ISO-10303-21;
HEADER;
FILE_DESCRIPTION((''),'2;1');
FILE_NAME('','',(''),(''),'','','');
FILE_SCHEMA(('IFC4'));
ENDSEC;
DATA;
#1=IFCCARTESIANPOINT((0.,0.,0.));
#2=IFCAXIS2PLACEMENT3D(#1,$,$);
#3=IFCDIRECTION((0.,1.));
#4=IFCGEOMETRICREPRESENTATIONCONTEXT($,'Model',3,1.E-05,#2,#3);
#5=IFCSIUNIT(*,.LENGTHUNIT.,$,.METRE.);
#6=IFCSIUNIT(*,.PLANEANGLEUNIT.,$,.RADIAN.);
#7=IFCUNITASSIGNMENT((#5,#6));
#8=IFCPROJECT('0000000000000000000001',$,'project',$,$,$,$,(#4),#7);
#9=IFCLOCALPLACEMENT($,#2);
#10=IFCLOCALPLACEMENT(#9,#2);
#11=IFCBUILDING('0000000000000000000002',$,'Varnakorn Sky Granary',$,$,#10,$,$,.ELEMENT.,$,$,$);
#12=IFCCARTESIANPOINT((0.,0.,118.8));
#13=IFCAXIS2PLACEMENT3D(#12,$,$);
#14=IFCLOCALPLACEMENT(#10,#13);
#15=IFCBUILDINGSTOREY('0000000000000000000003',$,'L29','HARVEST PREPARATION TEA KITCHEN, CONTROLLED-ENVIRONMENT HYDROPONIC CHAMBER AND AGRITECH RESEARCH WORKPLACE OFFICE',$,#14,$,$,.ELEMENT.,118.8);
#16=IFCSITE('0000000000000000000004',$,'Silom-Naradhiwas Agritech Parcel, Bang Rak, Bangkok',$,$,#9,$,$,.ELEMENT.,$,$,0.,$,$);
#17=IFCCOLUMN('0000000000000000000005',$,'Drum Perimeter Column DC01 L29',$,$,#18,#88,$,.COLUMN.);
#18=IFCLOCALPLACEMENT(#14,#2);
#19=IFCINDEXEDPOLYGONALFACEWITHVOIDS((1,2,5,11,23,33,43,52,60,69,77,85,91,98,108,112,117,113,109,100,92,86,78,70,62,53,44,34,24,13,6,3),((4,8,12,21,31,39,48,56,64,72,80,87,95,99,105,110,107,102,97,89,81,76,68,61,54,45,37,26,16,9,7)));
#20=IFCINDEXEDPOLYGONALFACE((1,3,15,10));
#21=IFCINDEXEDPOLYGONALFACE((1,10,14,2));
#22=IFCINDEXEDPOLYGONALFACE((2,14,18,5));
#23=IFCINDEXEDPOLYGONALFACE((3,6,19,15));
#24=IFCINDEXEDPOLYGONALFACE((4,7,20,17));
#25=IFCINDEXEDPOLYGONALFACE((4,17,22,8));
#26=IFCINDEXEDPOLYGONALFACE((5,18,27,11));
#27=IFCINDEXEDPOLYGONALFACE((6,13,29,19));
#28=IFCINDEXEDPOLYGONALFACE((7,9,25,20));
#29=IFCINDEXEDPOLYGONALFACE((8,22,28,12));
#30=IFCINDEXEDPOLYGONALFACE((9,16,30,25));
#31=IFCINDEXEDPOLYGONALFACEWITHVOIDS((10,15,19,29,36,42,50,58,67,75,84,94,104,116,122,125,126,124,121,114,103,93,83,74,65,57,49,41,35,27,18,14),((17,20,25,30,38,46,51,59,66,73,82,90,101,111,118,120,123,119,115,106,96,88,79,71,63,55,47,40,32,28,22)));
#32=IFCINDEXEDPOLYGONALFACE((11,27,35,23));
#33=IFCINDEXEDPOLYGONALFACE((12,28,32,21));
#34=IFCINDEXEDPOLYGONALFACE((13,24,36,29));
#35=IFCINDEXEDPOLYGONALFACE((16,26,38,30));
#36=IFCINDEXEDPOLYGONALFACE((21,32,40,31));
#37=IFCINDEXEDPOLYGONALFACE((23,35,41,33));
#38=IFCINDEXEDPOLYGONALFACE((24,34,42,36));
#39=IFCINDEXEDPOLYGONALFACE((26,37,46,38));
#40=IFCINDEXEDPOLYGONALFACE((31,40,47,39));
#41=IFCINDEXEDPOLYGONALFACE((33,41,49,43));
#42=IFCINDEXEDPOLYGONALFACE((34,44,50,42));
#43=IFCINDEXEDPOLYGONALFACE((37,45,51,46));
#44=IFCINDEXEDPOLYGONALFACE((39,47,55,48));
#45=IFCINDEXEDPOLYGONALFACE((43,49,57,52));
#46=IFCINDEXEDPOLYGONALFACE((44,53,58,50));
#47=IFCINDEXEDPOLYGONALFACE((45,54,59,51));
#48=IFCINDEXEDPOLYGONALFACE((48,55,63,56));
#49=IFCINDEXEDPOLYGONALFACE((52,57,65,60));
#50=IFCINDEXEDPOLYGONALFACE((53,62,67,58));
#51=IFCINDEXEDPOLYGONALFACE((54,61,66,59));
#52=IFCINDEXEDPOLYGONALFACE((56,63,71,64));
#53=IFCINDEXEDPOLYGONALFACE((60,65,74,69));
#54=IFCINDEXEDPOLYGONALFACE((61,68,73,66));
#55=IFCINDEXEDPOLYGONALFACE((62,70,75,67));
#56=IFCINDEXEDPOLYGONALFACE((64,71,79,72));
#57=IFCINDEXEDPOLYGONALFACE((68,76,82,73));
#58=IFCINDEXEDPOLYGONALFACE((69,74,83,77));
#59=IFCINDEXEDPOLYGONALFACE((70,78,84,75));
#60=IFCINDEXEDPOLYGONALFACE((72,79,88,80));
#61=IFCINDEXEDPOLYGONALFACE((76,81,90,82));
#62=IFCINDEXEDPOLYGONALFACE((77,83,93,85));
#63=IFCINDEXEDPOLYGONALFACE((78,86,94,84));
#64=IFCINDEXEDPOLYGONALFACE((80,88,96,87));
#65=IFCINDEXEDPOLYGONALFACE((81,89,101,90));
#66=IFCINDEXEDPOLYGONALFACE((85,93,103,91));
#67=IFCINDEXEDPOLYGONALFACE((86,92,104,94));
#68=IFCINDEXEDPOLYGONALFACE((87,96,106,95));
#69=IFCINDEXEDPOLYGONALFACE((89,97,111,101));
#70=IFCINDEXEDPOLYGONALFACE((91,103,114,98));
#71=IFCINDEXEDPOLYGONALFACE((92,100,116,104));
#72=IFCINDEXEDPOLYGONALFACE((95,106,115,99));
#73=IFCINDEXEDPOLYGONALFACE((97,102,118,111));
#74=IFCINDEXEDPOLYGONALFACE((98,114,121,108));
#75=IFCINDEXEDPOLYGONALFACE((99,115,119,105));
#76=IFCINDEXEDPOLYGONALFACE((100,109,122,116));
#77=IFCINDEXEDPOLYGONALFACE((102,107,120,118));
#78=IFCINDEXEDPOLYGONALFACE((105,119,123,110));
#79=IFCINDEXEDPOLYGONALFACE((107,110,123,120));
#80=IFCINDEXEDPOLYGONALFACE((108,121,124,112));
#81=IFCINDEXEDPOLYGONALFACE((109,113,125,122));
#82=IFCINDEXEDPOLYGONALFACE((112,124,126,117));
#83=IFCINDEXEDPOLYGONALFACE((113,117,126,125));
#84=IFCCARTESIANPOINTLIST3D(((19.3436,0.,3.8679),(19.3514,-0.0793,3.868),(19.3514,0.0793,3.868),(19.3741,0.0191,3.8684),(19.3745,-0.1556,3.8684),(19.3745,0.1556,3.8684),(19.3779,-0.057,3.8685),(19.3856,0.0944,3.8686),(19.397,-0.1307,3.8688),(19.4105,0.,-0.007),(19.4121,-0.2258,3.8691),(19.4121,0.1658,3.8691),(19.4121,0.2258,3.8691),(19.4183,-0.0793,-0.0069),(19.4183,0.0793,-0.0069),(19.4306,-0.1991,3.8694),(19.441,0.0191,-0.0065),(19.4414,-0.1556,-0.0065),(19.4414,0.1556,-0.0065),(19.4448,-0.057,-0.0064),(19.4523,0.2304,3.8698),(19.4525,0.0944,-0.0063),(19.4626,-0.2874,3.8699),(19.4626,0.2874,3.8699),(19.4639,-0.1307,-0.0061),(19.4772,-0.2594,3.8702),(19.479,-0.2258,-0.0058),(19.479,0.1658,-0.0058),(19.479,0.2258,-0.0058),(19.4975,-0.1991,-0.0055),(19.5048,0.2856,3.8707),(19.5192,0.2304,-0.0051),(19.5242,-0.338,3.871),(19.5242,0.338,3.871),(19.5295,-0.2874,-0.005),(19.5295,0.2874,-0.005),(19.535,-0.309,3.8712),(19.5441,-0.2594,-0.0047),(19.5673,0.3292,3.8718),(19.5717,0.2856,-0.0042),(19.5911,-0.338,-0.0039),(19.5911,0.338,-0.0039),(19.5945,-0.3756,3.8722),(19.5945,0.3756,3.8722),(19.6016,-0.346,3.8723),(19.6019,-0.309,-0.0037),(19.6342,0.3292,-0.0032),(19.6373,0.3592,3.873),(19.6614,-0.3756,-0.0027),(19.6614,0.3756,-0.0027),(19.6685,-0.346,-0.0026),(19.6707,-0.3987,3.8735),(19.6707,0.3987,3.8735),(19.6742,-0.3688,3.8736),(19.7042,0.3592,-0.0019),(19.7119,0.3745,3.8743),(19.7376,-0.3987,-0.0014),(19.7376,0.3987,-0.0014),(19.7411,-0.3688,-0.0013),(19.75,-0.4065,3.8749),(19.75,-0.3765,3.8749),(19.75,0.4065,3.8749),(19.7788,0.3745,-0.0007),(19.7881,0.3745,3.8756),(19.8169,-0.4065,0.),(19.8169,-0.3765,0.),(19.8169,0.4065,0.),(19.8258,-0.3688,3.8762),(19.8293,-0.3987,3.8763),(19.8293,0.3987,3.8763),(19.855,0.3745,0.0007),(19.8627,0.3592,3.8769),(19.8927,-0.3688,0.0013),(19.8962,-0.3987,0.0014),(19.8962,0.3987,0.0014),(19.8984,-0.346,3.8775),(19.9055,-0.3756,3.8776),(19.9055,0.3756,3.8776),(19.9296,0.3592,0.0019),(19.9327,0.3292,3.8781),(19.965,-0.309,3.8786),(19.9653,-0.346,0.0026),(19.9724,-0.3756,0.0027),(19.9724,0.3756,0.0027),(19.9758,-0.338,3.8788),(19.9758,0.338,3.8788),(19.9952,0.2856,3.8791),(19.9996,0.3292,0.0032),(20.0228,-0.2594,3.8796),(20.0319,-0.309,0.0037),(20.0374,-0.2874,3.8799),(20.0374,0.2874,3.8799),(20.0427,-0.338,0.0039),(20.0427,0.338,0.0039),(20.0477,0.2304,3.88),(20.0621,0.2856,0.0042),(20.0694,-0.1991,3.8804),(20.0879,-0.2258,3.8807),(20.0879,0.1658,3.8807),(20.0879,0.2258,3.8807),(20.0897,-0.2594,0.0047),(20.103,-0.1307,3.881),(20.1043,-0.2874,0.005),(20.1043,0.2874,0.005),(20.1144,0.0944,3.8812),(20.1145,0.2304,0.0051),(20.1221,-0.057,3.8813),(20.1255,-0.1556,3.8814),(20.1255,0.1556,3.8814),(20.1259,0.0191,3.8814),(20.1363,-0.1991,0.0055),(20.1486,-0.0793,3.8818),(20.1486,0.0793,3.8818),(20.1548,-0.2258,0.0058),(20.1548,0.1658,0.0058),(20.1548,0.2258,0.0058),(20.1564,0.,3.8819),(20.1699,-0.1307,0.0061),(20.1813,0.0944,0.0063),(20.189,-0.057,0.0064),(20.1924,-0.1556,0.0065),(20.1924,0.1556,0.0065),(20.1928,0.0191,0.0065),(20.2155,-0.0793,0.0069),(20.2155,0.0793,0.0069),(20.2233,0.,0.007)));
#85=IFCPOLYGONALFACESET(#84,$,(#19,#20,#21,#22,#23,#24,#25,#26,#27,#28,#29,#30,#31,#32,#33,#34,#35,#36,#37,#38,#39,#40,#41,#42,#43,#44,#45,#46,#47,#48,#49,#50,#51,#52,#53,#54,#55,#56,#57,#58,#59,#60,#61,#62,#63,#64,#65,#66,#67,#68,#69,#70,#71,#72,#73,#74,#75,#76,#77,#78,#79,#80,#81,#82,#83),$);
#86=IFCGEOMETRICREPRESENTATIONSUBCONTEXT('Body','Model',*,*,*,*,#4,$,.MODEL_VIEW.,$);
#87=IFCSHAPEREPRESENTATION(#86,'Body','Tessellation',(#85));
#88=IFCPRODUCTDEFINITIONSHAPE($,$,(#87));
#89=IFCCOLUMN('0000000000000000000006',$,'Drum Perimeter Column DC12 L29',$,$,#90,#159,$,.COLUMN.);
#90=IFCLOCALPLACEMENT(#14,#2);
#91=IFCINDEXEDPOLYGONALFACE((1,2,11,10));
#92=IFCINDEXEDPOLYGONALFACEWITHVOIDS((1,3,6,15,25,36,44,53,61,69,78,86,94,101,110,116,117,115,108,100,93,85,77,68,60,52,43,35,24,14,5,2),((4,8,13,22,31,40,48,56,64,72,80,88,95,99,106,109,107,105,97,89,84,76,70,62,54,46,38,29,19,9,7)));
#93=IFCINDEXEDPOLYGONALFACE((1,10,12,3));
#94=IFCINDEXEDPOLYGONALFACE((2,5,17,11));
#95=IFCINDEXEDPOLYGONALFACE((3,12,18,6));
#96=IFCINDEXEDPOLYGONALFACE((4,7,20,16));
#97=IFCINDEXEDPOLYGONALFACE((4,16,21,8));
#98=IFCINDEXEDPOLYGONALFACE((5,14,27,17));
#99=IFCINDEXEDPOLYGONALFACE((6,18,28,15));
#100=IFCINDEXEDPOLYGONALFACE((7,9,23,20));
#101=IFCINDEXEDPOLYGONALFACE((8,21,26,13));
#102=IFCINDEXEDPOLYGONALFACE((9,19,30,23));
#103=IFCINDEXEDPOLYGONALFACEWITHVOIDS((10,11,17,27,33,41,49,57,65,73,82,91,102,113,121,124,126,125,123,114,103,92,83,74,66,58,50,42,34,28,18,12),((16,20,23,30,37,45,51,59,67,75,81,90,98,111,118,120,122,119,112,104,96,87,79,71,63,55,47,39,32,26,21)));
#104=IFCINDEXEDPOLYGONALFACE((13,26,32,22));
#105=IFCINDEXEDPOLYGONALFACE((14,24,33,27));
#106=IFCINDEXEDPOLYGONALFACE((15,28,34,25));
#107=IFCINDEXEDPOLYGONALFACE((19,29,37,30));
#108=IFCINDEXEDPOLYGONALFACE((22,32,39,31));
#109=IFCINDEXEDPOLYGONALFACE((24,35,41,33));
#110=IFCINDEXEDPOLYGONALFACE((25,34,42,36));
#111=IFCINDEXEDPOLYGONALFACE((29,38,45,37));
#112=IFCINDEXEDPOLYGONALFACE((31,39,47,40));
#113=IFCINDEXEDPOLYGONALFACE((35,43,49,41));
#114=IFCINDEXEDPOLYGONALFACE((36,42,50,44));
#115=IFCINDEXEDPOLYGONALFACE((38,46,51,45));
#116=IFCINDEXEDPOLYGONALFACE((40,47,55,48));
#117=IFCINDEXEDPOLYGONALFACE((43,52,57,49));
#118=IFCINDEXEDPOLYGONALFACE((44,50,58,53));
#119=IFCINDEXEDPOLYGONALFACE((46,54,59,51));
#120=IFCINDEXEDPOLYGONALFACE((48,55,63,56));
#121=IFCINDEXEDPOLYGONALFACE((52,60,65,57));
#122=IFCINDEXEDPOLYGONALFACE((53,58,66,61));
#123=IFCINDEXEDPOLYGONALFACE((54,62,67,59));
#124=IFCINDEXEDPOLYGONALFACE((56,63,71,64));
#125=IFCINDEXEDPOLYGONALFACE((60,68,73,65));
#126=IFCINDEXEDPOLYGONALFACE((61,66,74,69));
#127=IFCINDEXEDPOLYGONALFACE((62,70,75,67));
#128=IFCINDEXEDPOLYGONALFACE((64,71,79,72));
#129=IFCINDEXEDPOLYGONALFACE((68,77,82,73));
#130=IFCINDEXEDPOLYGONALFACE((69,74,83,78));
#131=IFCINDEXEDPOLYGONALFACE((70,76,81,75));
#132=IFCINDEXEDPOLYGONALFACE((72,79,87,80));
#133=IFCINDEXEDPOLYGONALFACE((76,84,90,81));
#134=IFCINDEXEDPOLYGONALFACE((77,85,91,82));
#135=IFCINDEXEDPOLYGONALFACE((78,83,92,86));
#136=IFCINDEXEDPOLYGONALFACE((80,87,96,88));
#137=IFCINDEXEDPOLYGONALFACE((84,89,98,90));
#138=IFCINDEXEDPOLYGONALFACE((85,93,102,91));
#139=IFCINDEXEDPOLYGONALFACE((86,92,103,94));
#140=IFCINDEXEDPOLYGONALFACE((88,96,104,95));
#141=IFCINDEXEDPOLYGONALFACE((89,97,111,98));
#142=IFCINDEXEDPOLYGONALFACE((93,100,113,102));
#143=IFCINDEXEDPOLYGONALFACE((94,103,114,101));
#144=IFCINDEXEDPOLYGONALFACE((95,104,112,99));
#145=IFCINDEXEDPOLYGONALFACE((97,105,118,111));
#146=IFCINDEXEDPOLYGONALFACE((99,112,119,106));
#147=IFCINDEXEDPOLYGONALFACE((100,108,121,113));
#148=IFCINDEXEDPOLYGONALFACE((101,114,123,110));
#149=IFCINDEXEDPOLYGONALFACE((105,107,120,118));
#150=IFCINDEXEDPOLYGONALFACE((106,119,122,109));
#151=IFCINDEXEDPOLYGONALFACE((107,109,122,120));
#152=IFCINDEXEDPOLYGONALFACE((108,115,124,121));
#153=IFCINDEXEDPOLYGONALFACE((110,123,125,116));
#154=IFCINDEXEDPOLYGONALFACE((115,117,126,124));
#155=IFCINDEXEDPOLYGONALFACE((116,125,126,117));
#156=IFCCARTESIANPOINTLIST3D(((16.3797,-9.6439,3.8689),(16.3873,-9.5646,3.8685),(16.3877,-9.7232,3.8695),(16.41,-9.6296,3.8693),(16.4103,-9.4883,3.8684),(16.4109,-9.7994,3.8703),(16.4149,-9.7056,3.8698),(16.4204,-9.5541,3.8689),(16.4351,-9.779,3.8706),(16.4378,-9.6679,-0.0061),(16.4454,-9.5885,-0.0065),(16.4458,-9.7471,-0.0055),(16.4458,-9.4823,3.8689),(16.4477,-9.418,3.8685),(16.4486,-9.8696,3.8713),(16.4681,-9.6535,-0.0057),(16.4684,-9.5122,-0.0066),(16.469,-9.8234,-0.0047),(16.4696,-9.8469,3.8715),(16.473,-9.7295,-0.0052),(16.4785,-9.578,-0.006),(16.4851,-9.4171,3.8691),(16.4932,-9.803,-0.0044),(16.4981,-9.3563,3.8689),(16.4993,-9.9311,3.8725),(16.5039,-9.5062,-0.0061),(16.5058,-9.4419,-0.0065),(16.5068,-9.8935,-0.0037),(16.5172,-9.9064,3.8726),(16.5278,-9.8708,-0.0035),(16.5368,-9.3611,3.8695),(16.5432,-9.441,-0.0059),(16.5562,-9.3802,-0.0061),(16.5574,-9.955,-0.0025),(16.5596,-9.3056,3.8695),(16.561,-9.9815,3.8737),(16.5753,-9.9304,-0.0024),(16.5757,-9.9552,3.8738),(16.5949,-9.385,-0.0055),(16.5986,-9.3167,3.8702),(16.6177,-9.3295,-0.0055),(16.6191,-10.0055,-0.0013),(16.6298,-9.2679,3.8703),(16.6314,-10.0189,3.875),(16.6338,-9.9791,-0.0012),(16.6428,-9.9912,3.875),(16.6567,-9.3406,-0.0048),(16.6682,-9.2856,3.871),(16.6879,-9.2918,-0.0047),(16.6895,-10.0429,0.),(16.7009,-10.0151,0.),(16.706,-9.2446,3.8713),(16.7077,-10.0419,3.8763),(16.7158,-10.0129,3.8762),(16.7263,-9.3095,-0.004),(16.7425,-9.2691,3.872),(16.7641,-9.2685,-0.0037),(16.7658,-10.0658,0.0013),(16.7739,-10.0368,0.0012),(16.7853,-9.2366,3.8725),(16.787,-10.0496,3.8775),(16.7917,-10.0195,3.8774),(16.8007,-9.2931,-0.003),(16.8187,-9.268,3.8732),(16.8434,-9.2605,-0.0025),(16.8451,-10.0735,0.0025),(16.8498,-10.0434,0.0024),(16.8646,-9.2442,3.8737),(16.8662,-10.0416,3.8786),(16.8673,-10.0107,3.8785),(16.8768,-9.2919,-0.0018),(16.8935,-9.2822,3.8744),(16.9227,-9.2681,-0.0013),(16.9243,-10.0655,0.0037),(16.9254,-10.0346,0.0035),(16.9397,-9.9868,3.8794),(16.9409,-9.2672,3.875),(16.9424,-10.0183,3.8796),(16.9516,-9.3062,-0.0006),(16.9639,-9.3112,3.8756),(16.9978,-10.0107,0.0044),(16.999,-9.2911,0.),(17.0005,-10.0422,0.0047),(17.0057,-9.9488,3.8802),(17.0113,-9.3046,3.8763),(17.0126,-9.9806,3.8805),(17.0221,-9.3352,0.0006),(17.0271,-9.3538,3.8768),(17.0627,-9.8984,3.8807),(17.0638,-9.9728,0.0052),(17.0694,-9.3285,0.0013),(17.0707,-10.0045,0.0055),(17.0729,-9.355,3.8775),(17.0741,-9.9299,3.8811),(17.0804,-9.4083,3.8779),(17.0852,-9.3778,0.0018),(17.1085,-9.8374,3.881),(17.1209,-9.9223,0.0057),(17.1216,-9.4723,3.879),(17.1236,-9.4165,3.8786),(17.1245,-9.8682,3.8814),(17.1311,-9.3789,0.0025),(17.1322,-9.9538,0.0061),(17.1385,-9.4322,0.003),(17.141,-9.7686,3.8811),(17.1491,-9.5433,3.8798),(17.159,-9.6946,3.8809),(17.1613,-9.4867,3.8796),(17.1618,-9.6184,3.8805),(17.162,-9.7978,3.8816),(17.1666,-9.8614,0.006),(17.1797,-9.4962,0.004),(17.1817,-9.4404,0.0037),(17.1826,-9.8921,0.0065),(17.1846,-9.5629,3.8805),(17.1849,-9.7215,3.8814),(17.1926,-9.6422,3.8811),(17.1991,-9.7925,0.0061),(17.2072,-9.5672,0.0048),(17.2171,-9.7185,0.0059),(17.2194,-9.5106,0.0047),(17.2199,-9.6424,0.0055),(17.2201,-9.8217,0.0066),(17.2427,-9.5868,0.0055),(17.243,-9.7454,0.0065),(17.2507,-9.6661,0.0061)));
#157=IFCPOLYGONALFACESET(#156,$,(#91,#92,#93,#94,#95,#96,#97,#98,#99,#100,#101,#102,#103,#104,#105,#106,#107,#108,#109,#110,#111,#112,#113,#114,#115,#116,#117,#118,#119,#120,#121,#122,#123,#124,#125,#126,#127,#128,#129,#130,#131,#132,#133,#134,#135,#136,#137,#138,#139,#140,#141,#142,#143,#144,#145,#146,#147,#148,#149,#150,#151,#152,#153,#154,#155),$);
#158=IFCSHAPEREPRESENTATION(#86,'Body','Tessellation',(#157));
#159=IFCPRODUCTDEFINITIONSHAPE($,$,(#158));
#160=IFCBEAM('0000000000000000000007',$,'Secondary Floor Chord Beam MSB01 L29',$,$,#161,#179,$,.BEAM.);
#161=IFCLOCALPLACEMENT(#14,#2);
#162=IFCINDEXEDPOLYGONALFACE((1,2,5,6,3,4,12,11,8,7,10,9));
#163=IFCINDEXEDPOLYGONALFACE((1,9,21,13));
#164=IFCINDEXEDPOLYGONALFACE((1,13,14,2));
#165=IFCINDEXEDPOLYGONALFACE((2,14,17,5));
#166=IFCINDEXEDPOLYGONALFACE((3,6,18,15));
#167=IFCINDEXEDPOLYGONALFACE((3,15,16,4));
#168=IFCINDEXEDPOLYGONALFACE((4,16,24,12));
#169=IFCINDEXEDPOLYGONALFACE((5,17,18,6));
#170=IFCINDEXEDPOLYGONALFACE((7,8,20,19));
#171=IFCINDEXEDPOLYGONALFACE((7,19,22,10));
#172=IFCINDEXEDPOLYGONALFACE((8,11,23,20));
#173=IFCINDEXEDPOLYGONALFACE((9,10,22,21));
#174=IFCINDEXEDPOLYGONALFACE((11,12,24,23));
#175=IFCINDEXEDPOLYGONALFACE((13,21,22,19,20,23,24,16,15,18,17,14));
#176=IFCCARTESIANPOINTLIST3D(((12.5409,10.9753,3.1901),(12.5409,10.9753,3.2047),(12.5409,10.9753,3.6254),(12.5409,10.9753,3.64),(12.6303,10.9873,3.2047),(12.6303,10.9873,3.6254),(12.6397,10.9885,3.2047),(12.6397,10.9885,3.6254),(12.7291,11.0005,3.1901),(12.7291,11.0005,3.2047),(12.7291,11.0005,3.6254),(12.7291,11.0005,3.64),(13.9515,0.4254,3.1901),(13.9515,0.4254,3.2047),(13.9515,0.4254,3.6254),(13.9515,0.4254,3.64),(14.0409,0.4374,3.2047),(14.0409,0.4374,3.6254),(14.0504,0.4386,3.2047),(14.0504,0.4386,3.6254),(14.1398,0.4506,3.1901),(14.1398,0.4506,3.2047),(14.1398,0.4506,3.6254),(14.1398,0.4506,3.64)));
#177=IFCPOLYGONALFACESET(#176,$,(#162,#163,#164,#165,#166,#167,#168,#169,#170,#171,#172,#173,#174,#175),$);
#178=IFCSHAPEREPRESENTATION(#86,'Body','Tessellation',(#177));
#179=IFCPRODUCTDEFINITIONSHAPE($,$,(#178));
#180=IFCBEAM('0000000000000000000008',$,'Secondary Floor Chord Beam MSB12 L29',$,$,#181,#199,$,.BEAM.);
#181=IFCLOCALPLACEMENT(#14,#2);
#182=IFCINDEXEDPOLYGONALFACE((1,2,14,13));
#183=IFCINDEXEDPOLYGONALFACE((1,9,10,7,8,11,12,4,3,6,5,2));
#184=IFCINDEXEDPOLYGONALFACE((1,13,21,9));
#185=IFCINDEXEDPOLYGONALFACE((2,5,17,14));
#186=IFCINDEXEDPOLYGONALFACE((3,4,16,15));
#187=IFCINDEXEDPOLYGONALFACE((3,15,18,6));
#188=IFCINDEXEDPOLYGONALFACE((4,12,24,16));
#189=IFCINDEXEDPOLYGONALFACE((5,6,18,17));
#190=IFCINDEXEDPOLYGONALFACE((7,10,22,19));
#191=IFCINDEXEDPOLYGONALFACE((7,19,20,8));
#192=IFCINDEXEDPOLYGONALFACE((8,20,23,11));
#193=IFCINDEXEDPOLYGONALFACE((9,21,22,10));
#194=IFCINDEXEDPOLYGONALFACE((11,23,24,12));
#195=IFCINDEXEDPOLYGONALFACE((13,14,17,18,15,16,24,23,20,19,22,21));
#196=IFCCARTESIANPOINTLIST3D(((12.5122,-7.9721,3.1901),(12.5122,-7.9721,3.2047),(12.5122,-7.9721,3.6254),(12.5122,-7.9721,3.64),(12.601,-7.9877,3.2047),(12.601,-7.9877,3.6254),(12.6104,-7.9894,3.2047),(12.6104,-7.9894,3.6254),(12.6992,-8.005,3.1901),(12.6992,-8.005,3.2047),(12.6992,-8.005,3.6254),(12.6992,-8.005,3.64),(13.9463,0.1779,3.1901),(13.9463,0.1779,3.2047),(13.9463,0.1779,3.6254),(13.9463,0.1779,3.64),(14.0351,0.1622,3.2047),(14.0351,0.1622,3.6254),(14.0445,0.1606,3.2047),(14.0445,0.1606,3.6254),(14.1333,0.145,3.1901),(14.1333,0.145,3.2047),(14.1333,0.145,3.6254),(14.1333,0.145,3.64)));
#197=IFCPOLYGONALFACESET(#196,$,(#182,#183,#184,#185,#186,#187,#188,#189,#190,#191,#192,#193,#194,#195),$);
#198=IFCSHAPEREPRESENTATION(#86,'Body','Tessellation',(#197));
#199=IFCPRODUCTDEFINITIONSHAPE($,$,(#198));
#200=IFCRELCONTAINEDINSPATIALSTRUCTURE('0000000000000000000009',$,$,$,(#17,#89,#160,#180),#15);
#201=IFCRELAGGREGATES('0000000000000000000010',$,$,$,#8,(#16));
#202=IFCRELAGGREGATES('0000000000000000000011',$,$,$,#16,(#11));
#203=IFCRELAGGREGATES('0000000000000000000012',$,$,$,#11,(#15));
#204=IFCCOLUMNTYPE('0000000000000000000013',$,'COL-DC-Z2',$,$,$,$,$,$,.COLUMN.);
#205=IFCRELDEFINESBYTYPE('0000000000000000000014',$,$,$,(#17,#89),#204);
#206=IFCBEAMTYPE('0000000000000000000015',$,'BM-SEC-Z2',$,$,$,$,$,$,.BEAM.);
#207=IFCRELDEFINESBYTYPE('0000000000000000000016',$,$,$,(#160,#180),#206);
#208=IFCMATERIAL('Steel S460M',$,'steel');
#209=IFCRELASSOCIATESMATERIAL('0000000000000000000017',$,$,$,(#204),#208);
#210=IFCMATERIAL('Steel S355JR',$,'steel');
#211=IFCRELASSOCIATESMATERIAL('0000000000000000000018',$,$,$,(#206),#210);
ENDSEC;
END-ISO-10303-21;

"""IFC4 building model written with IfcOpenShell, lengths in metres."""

from ifc_helpers import new_model, si_unit, direction, frame, origin, origin_2d, place, context, subcontext, project, spatial, hollow_circle, i_section, extrude, material, material_profile, profile_set, type_object, element, save


model = new_model("IFC4")

# Units and contexts
model_context = context("Model", 3, precision=1e-05, world=origin(), true_north=direction((0.0, 1.0)))
body_context = subcontext(model_context, "Body", "Model", "MODEL_VIEW")
ifc_project = project(units=[si_unit("LENGTHUNIT", "METRE"), si_unit("PLANEANGLEUNIT", "RADIAN")], contexts=[model_context])

# Site, building, storey
site_placement = place(None, origin())
site = spatial("IfcSite", under=ifc_project, at=site_placement, Name="Silom-Naradhiwas Agritech Parcel, Bang Rak, Bangkok", CompositionType="ELEMENT", RefElevation=0.0)
building_placement = place(site_placement, origin())
building = spatial("IfcBuilding", under=site, at=building_placement, Name="Varnakorn Sky Granary", CompositionType="ELEMENT")
storey_placement = place(building_placement, frame((0.0, 0.0, 118.8)))
storey = spatial("IfcBuildingStorey", under=building, at=storey_placement, Name="L29", Description="HARVEST PREPARATION TEA KITCHEN, CONTROLLED-ENVIRONMENT HYDROPONIC CHAMBER AND AGRITECH RESEARCH WORKPLACE OFFICE", CompositionType="ELEMENT", Elevation=118.8)

# Columns
ifc_material_1 = material(Name="Steel S460M", Category="steel")
ifc_material_profile_1 = material_profile(ifc_material_1, hollow_circle(Radius=0.4065, WallThickness=0.03, at=origin_2d()), Name="CHS 813x30")
ifc_profile_set_1 = profile_set([ifc_material_profile_1], Name="Steel S460M")
column_type = type_object("IfcColumnType", Name="COL-DC-Z2", PredefinedType="COLUMN", material=ifc_profile_set_1)
for number, where, z_axis, x_axis, name in (
    (1, (19.8169, 0.0, 0.0), (-0.017261, 0.0, 0.999851), (0.0, -1.0, 0.0), "Drum Perimeter Column DC01 L29"),
    (2, (16.8442, -9.667, 0.0), (-0.014993, 0.006174, 0.999869), (-0.38075, -0.924678, 0.0), "Drum Perimeter Column DC12 L29"),
):
    element("IfcColumn", number, at=place(storey_placement, frame(where, z_axis=z_axis, x_axis=x_axis)), inside=storey, type_object=column_type, Name=name, PredefinedType="COLUMN", context=body_context, shape_type="SweptSolid", body=[
        extrude(hollow_circle(Radius=0.4065, WallThickness=0.03, at=origin_2d()), origin(), (0.0, 0.0, 1.0), 3.8755),
    ])

# Beams
ifc_material_2 = material(Name="Steel S355JR", Category="steel")
ifc_material_profile_2 = material_profile(ifc_material_2, i_section(OverallWidth=0.1899, OverallDepth=0.45, WebThickness=0.0095, FlangeThickness=0.0146, at=origin_2d()), Name="IPE 450")
ifc_profile_set_2 = profile_set([ifc_material_profile_2], Name="Steel S355JR")
beam_type_1 = type_object("IfcBeamType", Name="BM-SEC-Z2", PredefinedType="BEAM", material=ifc_profile_set_2)
beam_1_placement = place(storey_placement, frame((14.0457, 0.438, 3.415), z_axis=(-0.132533, 0.991179, 0.0), x_axis=(-0.991179, -0.132533, 0.0)))
element("IfcBeam", 3, at=beam_1_placement, inside=storey, type_object=beam_type_1, Name="Secondary Floor Chord Beam MSB01 L29", PredefinedType="BEAM", context=body_context, shape_type="SweptSolid", body=[
    extrude(i_section(OverallWidth=0.1899, OverallDepth=0.45, WebThickness=0.0095, FlangeThickness=0.0146, at=origin_2d()), origin(), (0.0, 0.0, 1.0), 10.6438),
])
beam_2_placement = place(storey_placement, frame((12.6057, -7.9885, 3.415), z_axis=(0.173301, 0.984869, 0.0), x_axis=(-0.984869, 0.173301, 0.0)))
element("IfcBeam", 4, at=beam_2_placement, inside=storey, type_object=beam_type_1, Name="Secondary Floor Chord Beam MSB12 L29", PredefinedType="BEAM", context=body_context, shape_type="SweptSolid", body=[
    extrude(i_section(OverallWidth=0.1899, OverallDepth=0.45, WebThickness=0.0095, FlangeThickness=0.0146, at=origin_2d()), origin(), (0.0, 0.0, 1.0), 8.2751),
])

save(model, "model.ifc")
